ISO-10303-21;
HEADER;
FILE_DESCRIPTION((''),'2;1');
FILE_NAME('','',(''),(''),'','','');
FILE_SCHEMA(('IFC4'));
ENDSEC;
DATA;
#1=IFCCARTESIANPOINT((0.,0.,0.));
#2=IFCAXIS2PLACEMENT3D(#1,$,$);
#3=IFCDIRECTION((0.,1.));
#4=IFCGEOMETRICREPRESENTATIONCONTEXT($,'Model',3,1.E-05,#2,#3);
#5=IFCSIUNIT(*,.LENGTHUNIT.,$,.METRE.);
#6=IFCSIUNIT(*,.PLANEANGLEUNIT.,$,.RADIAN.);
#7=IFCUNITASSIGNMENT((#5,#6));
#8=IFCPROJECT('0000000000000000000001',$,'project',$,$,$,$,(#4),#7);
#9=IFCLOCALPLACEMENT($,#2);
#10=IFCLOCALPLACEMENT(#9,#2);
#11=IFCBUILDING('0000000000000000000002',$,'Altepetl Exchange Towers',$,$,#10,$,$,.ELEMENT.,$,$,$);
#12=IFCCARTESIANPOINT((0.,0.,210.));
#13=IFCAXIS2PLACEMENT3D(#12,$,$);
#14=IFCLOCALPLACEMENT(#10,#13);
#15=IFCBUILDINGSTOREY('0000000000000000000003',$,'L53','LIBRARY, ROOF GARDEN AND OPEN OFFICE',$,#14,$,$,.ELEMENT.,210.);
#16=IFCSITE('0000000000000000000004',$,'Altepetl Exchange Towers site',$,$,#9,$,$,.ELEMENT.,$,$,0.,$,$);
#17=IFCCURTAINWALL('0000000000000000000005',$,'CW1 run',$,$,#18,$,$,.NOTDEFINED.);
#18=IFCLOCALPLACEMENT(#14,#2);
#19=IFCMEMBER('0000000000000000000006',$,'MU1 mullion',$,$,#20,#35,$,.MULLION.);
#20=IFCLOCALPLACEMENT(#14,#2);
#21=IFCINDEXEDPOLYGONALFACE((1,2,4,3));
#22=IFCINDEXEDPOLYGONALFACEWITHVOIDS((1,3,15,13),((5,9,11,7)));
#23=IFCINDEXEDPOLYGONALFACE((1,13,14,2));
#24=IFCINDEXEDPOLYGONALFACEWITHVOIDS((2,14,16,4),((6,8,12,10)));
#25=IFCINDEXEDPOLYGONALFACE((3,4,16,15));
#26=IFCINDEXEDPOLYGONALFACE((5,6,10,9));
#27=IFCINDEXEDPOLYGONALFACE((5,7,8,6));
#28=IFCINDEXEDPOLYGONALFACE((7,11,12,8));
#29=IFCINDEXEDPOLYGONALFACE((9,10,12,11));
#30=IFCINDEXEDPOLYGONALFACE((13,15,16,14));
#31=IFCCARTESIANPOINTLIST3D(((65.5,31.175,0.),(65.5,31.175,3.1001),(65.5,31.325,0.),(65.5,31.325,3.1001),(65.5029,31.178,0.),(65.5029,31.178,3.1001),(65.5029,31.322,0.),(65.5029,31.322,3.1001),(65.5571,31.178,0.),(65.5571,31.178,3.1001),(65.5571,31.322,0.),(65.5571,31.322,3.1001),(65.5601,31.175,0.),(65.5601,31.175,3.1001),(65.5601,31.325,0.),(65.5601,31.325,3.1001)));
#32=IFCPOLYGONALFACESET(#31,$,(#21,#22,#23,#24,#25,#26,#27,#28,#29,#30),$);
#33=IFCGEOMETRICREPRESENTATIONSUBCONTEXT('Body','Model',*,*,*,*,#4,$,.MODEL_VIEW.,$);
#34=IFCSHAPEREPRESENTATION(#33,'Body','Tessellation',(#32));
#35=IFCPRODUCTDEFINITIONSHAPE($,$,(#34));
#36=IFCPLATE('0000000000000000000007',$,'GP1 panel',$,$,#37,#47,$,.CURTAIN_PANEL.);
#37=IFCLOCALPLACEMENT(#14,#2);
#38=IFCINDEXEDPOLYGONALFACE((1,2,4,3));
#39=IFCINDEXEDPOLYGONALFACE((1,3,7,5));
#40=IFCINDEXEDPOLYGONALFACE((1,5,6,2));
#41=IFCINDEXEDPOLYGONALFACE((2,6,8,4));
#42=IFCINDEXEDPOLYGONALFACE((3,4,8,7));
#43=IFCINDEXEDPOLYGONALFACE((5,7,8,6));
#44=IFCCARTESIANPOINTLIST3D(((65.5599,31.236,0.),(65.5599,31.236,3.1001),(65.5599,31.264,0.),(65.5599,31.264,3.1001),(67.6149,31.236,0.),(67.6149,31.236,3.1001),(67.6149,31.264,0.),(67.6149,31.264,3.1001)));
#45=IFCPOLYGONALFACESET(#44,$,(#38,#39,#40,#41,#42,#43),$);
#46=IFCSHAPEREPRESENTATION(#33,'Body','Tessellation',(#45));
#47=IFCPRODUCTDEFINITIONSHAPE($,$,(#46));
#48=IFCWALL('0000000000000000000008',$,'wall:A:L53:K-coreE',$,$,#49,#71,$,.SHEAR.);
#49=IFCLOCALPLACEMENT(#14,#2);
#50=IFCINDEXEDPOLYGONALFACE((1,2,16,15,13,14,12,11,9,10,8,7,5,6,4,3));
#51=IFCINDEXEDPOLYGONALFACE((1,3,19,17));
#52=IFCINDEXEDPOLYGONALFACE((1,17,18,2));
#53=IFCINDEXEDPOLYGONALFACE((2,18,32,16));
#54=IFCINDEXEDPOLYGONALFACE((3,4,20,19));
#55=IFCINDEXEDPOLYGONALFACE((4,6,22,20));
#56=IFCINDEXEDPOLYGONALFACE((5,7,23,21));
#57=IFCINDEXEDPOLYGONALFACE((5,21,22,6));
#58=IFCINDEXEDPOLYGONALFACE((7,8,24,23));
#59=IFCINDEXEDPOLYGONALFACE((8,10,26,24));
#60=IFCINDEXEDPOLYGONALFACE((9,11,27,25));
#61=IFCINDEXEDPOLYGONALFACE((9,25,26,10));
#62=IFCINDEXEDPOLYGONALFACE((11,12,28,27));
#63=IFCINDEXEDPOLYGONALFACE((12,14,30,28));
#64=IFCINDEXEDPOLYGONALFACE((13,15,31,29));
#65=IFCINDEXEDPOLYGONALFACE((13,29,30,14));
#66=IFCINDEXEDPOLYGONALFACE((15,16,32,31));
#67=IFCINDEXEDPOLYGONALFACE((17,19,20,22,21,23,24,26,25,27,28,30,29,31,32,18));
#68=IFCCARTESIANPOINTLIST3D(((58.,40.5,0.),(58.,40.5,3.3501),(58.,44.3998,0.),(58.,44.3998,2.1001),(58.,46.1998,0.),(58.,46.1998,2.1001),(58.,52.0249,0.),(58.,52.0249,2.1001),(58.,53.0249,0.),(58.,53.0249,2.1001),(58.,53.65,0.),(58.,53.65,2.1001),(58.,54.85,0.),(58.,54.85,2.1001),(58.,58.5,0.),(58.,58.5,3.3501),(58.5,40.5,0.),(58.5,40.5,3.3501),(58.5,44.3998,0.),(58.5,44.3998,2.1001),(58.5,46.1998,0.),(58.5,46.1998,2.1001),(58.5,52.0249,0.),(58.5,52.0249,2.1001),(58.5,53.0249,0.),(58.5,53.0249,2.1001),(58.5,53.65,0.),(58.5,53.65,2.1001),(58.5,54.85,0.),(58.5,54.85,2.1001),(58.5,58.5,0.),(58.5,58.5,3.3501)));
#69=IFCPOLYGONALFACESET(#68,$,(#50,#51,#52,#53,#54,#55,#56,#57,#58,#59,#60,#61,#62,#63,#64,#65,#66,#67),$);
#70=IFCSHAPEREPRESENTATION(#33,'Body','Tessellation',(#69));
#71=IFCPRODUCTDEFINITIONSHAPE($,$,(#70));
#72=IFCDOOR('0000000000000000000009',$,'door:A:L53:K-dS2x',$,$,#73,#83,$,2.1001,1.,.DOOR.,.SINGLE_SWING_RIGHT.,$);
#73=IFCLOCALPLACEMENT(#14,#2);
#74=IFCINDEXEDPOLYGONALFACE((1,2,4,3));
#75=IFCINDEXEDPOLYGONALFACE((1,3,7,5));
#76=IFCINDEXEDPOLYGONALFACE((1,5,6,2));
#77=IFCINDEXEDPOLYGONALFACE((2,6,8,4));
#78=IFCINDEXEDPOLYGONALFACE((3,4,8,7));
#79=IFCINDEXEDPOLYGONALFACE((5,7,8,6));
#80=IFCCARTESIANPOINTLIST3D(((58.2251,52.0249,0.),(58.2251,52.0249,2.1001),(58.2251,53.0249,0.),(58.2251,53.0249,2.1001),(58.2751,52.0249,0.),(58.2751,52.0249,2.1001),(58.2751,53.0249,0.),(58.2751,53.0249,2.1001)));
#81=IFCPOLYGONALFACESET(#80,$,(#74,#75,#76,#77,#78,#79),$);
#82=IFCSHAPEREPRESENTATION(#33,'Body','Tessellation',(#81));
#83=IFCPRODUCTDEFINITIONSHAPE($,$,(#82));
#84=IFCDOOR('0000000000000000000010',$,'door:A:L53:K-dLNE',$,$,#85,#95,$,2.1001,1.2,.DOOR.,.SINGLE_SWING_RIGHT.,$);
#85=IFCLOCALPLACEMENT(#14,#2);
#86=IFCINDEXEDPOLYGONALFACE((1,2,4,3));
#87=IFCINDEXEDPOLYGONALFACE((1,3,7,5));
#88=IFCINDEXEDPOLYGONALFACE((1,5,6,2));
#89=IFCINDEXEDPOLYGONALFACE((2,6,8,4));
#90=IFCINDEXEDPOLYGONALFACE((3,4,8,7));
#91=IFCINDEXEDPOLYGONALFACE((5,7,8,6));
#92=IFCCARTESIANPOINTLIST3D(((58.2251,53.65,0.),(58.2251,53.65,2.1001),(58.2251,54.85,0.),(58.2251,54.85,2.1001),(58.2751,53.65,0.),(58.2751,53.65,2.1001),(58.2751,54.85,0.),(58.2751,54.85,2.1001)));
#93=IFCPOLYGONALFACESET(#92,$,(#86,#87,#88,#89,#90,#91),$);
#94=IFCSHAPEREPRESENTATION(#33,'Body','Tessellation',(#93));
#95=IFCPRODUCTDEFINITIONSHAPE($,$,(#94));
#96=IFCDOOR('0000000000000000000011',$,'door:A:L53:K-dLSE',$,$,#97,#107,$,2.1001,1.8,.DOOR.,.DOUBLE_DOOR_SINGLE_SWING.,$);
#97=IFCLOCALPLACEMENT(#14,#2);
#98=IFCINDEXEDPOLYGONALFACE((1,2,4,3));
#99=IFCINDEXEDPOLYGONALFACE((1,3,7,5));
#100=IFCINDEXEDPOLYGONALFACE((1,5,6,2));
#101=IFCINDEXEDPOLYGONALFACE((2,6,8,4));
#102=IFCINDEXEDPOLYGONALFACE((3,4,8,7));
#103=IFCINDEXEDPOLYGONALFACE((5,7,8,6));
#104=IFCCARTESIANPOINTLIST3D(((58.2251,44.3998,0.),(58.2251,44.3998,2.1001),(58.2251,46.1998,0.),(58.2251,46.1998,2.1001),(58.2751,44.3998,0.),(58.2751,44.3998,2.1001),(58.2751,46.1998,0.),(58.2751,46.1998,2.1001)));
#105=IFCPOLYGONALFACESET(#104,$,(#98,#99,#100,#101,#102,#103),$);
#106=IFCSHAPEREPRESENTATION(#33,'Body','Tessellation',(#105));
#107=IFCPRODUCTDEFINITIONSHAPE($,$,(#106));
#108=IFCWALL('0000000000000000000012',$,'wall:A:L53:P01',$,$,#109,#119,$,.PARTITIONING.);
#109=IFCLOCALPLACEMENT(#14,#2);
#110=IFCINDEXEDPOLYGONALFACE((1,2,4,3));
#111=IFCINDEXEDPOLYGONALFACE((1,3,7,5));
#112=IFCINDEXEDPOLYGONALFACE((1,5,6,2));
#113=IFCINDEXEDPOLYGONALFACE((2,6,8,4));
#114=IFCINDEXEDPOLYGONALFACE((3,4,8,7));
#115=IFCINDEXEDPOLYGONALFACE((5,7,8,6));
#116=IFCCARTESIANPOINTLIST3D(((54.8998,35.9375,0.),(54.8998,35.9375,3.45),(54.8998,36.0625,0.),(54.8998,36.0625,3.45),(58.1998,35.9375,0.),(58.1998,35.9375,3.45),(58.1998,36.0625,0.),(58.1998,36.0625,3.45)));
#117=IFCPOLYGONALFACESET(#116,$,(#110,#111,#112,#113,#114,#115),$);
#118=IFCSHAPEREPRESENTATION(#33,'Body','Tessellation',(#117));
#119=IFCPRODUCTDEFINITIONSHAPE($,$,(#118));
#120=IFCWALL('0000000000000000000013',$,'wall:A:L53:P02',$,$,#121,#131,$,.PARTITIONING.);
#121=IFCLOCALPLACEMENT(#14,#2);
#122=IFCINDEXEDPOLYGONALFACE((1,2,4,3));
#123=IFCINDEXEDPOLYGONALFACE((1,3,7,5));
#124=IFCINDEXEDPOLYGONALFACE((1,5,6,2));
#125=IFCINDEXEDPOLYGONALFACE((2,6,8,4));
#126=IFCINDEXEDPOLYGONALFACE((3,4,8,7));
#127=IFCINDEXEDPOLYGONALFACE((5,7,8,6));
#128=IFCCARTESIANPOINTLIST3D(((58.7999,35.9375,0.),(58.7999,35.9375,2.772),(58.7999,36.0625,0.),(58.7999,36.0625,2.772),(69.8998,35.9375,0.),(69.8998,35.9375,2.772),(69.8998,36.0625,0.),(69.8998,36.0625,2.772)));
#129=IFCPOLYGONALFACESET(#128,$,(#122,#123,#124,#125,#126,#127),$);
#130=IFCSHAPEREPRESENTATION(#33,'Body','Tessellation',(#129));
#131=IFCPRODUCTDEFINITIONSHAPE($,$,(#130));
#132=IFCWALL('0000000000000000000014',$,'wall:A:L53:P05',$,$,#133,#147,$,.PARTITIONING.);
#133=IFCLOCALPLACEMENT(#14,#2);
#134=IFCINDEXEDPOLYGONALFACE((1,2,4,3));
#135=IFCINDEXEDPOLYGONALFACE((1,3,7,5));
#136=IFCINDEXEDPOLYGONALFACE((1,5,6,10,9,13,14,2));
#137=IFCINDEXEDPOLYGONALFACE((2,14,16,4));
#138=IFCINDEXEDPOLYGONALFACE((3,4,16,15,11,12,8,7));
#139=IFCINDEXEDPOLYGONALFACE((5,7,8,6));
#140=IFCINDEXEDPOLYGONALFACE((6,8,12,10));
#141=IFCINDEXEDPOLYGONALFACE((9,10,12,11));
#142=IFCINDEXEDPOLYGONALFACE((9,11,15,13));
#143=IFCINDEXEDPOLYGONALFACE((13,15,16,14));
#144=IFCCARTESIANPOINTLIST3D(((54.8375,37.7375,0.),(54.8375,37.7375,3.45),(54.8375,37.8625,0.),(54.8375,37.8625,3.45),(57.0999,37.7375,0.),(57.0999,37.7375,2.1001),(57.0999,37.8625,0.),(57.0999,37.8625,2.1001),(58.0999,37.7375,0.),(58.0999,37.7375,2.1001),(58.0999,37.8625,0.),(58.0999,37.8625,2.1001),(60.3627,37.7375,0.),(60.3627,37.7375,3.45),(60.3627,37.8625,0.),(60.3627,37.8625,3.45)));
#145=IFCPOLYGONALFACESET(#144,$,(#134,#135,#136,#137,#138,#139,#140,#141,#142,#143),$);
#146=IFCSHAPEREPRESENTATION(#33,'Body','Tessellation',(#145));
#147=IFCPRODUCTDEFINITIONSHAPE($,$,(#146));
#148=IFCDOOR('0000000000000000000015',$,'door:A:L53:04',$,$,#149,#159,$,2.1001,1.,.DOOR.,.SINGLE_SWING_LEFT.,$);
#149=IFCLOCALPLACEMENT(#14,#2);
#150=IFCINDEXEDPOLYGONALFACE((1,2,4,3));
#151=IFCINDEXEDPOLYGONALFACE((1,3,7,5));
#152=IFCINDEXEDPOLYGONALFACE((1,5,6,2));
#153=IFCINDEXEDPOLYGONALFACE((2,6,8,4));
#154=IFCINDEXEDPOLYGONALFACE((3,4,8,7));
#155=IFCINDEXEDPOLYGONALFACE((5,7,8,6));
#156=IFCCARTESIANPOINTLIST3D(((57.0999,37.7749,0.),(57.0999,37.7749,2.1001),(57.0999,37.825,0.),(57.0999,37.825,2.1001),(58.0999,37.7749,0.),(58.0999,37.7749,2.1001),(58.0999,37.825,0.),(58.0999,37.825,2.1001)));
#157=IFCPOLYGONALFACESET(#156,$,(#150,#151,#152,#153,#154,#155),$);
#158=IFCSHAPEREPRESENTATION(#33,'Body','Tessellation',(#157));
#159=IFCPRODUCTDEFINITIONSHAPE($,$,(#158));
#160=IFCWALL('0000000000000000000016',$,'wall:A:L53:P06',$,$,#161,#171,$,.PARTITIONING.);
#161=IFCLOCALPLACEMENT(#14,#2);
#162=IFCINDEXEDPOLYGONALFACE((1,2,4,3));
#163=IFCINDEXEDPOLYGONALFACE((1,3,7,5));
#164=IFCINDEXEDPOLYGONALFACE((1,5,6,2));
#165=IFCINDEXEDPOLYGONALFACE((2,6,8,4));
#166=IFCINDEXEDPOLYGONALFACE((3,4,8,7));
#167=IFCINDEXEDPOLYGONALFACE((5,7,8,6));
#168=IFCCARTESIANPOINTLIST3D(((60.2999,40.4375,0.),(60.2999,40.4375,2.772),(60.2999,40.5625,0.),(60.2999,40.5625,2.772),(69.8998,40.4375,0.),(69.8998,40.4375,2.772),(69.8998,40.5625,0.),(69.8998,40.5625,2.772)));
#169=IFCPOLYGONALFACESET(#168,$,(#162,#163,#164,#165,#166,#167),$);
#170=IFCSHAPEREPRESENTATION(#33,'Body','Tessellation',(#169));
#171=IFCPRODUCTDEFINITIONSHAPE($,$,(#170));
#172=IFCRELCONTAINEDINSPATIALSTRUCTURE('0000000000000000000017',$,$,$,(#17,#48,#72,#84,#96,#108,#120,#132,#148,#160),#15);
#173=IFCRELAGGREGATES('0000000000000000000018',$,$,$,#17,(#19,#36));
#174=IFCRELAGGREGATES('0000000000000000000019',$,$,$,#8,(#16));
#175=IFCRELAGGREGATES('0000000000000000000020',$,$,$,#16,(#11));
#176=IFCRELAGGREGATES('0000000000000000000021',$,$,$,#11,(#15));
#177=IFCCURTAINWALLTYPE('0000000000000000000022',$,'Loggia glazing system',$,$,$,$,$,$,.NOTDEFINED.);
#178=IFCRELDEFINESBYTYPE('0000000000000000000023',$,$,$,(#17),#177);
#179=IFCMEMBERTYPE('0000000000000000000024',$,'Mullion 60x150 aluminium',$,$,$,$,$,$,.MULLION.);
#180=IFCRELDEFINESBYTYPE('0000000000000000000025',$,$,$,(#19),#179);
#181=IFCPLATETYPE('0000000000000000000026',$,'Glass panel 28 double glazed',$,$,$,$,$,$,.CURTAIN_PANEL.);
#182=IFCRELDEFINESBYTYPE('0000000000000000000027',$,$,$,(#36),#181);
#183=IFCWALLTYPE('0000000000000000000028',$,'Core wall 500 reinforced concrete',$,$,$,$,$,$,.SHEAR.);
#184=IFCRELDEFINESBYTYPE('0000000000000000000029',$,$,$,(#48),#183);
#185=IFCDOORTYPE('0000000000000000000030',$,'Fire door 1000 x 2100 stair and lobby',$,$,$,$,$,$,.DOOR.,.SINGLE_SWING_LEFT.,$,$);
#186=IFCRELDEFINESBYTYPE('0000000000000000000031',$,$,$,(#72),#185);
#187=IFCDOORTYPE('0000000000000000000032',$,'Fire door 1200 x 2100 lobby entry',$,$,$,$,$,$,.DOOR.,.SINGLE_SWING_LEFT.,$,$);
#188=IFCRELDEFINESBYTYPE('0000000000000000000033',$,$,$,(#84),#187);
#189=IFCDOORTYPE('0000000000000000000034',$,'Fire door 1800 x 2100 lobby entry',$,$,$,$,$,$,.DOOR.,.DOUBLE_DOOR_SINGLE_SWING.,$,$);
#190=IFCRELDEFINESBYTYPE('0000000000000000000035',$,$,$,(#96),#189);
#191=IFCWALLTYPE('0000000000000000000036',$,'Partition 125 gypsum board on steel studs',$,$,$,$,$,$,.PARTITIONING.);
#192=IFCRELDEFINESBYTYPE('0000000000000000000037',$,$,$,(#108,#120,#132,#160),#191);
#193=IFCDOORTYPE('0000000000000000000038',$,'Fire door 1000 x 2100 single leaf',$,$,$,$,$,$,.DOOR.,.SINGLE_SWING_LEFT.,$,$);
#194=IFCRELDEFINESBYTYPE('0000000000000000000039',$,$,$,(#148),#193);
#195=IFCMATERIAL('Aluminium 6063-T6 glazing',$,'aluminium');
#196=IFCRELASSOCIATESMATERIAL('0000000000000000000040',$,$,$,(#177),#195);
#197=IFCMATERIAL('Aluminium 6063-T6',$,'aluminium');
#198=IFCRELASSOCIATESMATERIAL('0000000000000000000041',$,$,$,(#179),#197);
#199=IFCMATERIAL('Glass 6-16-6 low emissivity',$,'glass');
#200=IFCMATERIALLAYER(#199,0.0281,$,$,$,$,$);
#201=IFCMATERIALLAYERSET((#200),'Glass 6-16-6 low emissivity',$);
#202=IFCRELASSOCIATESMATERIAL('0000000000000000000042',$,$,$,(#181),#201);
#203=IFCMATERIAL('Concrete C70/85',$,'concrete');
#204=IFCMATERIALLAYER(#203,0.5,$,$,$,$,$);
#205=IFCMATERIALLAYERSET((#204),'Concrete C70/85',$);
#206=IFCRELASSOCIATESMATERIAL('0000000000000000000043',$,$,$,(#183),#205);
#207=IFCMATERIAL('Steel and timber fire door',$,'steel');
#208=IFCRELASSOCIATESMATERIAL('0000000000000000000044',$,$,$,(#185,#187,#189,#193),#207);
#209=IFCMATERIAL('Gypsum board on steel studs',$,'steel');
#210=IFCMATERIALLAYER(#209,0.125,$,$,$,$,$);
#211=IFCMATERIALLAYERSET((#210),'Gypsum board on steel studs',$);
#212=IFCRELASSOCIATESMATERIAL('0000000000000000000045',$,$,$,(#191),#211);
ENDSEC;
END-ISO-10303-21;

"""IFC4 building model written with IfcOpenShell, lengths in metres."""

from ifc_helpers import new_model, si_unit, direction, frame, frame_2d, origin, origin_2d, place, context, subcontext, project, spatial, rectangle, hollow_rectangle, extrude, material, layer, layer_set, material_profile, profile_set, type_object, element, fill, aggregate, save


model = new_model("IFC4")

# Units and contexts
model_context = context("Model", 3, precision=1e-05, world=origin(), true_north=direction((0.0, 1.0)))
body_context = subcontext(model_context, "Body", "Model", "MODEL_VIEW")
ifc_project = project(units=[si_unit("LENGTHUNIT", "METRE"), si_unit("PLANEANGLEUNIT", "RADIAN")], contexts=[model_context])

# Site, building, storey
site_placement = place(None, origin())
site = spatial("IfcSite", under=ifc_project, at=site_placement, Name="Altepetl Exchange Towers site", CompositionType="ELEMENT", RefElevation=0.0)
building_placement = place(site_placement, origin())
building = spatial("IfcBuilding", under=site, at=building_placement, Name="Altepetl Exchange Towers", CompositionType="ELEMENT")
storey_placement = place(building_placement, frame((0.0, 0.0, 210.0)))
storey = spatial("IfcBuildingStorey", under=building, at=storey_placement, Name="L53", Description="LIBRARY, ROOF GARDEN AND OPEN OFFICE", CompositionType="ELEMENT", Elevation=210.0)

# Shared definitions
ifc_material_1 = material(Name="Concrete C70/85", Category="concrete")

# Curtain wall, member, plate
ifc_material_2 = material(Name="Aluminium 6063-T6 glazing", Category="aluminium")
curtain_wall_type = type_object("IfcCurtainWallType", Name="Loggia glazing system", PredefinedType="NOTDEFINED", material=ifc_material_2)
curtain_wall_placement = place(storey_placement, origin())
curtain_wall = element("IfcCurtainWall", 1, at=curtain_wall_placement, inside=storey, type_object=curtain_wall_type, Name="CW1 run", PredefinedType="NOTDEFINED")
ifc_material_3 = material(Name="Aluminium 6063-T6", Category="aluminium")
ifc_material_profile_1 = material_profile(ifc_material_3, hollow_rectangle(XDim=0.0601, YDim=0.1499, WallThickness=0.0029, at=origin_2d()), Name="Mullion 60x150 aluminium")
ifc_profile_set_1 = profile_set([ifc_material_profile_1], Name="Aluminium 6063-T6")
member_type = type_object("IfcMemberType", Name="Mullion 60x150 aluminium", PredefinedType="MULLION", material=ifc_profile_set_1)
member_placement = place(storey_placement, frame((65.53, 31.25, 0.0)))
member = element("IfcMember", 2, at=member_placement, type_object=member_type, Name="MU1 mullion", PredefinedType="MULLION", context=body_context, shape_type="SweptSolid", body=[
    extrude(hollow_rectangle(XDim=0.0601, YDim=0.1499, WallThickness=0.0029, at=origin_2d()), origin(), (0.0, 0.0, 1.0), 3.1001),
])
ifc_material_4 = material(Name="Glass 6-16-6 low emissivity", Category="glass")
ifc_layer_1 = layer(ifc_material_4, 0.0281)
ifc_layer_set_1 = layer_set([ifc_layer_1], Name="Glass 6-16-6 low emissivity")
plate_type = type_object("IfcPlateType", Name="Glass panel 28 double glazed", PredefinedType="CURTAIN_PANEL", material=ifc_layer_set_1)
plate_placement = place(storey_placement, frame((66.5874, 31.25, 0.0)))
plate = element("IfcPlate", 3, at=plate_placement, type_object=plate_type, Name="GP1 panel", PredefinedType="CURTAIN_PANEL", context=body_context, shape_type="SweptSolid", body=[
    extrude(rectangle(XDim=2.0549, YDim=0.0281, at=origin_2d()), origin(), (0.0, 0.0, 1.0), 3.1001),
])
aggregate(curtain_wall, [member, plate])

# Wall, openings, doors
ifc_layer_2 = layer(ifc_material_1, 0.5)
ifc_layer_set_2 = layer_set([ifc_layer_2], Name="Concrete C70/85")
wall_type_1 = type_object("IfcWallType", Name="Core wall 500 reinforced concrete", PredefinedType="SHEAR", material=ifc_layer_set_2)
wall_1_placement = place(storey_placement, frame((58.25, 40.5, 0.0), z_axis=(0.0, 0.0, 1.0), x_axis=(0.0, 1.0, 0.0)))
wall_1 = element("IfcWall", 4, at=wall_1_placement, inside=storey, type_object=wall_type_1, Name="wall:A:L53:K-coreE", PredefinedType="SHEAR", context=body_context, shape_type="SweptSolid", body=[
    extrude(rectangle(XDim=18.0, YDim=0.5, at=frame_2d((9.0, 0.0))), origin(), (0.0, 0.0, 1.0), 3.3501),
])
opening_1_placement = place(wall_1_placement, frame((13.1499, 0.0, 0.0)))
opening_1 = element("IfcOpeningElement", 5, at=opening_1_placement, cuts=wall_1, PredefinedType="OPENING", context=body_context, shape_type="SweptSolid", body=[
    extrude(rectangle(XDim=1.2, YDim=2.1001, at=frame_2d((0.6001, 1.05))), frame((0.0, 0.26, 0.0), z_axis=(0.0, -1.0, 0.0), x_axis=(1.0, 0.0, 0.0)), (0.0, 0.0, 1.0), 0.52),
])
opening_2_placement = place(wall_1_placement, frame((3.8999, 0.0, 0.0)))
opening_2 = element("IfcOpeningElement", 6, at=opening_2_placement, cuts=wall_1, PredefinedType="OPENING", context=body_context, shape_type="SweptSolid", body=[
    extrude(rectangle(XDim=1.8, YDim=2.1001, at=frame_2d((0.8999, 1.05))), frame((0.0, 0.26, 0.0), z_axis=(0.0, -1.0, 0.0), x_axis=(1.0, 0.0, 0.0)), (0.0, 0.0, 1.0), 0.52),
])
opening_3_placement = place(wall_1_placement, frame((11.5249, 0.0, 0.0)))
opening_3 = element("IfcOpeningElement", 7, at=opening_3_placement, cuts=wall_1, PredefinedType="OPENING", context=body_context, shape_type="SweptSolid", body=[
    extrude(rectangle(XDim=1.0, YDim=2.1001, at=frame_2d((0.5, 1.05))), frame((0.0, 0.26, 0.0), z_axis=(0.0, -1.0, 0.0), x_axis=(1.0, 0.0, 0.0)), (0.0, 0.0, 1.0), 0.52),
])
ifc_material_5 = material(Name="Steel and timber fire door", Category="steel")
door_type_1 = type_object("IfcDoorType", Name="Fire door 1000 x 2100 stair and lobby", OperationType="SINGLE_SWING_LEFT", PredefinedType="DOOR", material=ifc_material_5)
door_1_placement = place(opening_3_placement, origin())
door_1 = element("IfcDoor", 8, at=door_1_placement, inside=storey, type_object=door_type_1, Name="door:A:L53:K-dS2x", OperationType="SINGLE_SWING_RIGHT", OverallHeight=2.1001, OverallWidth=1.0, PredefinedType="DOOR", context=body_context, shape_type="SweptSolid", body=[
    extrude(rectangle(XDim=1.0, YDim=2.1001, at=frame_2d((0.5, 1.05))), frame((0.0, 0.0249, 0.0), z_axis=(0.0, -1.0, 0.0), x_axis=(1.0, 0.0, 0.0)), (0.0, 0.0, 1.0), 0.05),
])
fill(opening_3, door_1)
door_type_2 = type_object("IfcDoorType", Name="Fire door 1200 x 2100 lobby entry", OperationType="SINGLE_SWING_LEFT", PredefinedType="DOOR", material=ifc_material_5)
door_2_placement = place(opening_1_placement, origin())
door_2 = element("IfcDoor", 9, at=door_2_placement, inside=storey, type_object=door_type_2, Name="door:A:L53:K-dLNE", OperationType="SINGLE_SWING_RIGHT", OverallHeight=2.1001, OverallWidth=1.2, PredefinedType="DOOR", context=body_context, shape_type="SweptSolid", body=[
    extrude(rectangle(XDim=1.2, YDim=2.1001, at=frame_2d((0.6001, 1.05))), frame((0.0, 0.0249, 0.0), z_axis=(0.0, -1.0, 0.0), x_axis=(1.0, 0.0, 0.0)), (0.0, 0.0, 1.0), 0.05),
])
fill(opening_1, door_2)
door_type_3 = type_object("IfcDoorType", Name="Fire door 1800 x 2100 lobby entry", OperationType="DOUBLE_DOOR_SINGLE_SWING", PredefinedType="DOOR", material=ifc_material_5)
door_3_placement = place(opening_2_placement, origin())
door_3 = element("IfcDoor", 10, at=door_3_placement, inside=storey, type_object=door_type_3, Name="door:A:L53:K-dLSE", OperationType="DOUBLE_DOOR_SINGLE_SWING", OverallHeight=2.1001, OverallWidth=1.8, PredefinedType="DOOR", context=body_context, shape_type="SweptSolid", body=[
    extrude(rectangle(XDim=1.8, YDim=2.1001, at=frame_2d((0.8999, 1.05))), frame((0.0, 0.0249, 0.0), z_axis=(0.0, -1.0, 0.0), x_axis=(1.0, 0.0, 0.0)), (0.0, 0.0, 1.0), 0.05),
])
fill(opening_2, door_3)

# Walls
ifc_material_6 = material(Name="Gypsum board on steel studs", Category="steel")
ifc_layer_3 = layer(ifc_material_6, 0.125)
ifc_layer_set_3 = layer_set([ifc_layer_3], Name="Gypsum board on steel studs")
wall_type_2 = type_object("IfcWallType", Name="Partition 125 gypsum board on steel studs", PredefinedType="PARTITIONING", material=ifc_layer_set_3)
wall_2_placement = place(storey_placement, frame((54.8999, 36.0, 0.0)))
element("IfcWall", 11, at=wall_2_placement, inside=storey, type_object=wall_type_2, Name="wall:A:L53:P01", PredefinedType="PARTITIONING", context=body_context, shape_type="SweptSolid", body=[
    extrude(rectangle(XDim=3.3, YDim=0.125, at=frame_2d((1.6499, 0.0))), origin(), (0.0, 0.0, 1.0), 3.45),
])
wall_3_placement = place(storey_placement, frame((58.8, 36.0, 0.0)))
element("IfcWall", 12, at=wall_3_placement, inside=storey, type_object=wall_type_2, Name="wall:A:L53:P02", PredefinedType="PARTITIONING", context=body_context, shape_type="SweptSolid", body=[
    extrude(rectangle(XDim=11.0999, YDim=0.125, at=frame_2d((5.5498, 0.0))), origin(), (0.0, 0.0, 1.0), 2.772),
])

# Wall, opening, door
wall_4_placement = place(storey_placement, frame((54.8374, 37.8, 0.0)))
wall_4 = element("IfcWall", 13, at=wall_4_placement, inside=storey, type_object=wall_type_2, Name="wall:A:L53:P05", PredefinedType="PARTITIONING", context=body_context, shape_type="SweptSolid", body=[
    extrude(rectangle(XDim=5.5251, YDim=0.125, at=frame_2d((2.7627, 0.0))), origin(), (0.0, 0.0, 1.0), 3.45),
])
opening_4_placement = place(wall_4_placement, frame((2.2625, 0.0, 0.0)))
opening_4 = element("IfcOpeningElement", 14, at=opening_4_placement, cuts=wall_4, PredefinedType="OPENING", context=body_context, shape_type="SweptSolid", body=[
    extrude(rectangle(XDim=1.0, YDim=2.1001, at=frame_2d((0.5, 1.05))), frame((0.0, 0.0725, 0.0), z_axis=(0.0, -1.0, 0.0), x_axis=(1.0, 0.0, 0.0)), (0.0, 0.0, 1.0), 0.145),
])
door_type_4 = type_object("IfcDoorType", Name="Fire door 1000 x 2100 single leaf", OperationType="SINGLE_SWING_LEFT", PredefinedType="DOOR", material=ifc_material_5)
door_4_placement = place(opening_4_placement, origin())
door_4 = element("IfcDoor", 15, at=door_4_placement, inside=storey, type_object=door_type_4, Name="door:A:L53:04", OperationType="SINGLE_SWING_LEFT", OverallHeight=2.1001, OverallWidth=1.0, PredefinedType="DOOR", context=body_context, shape_type="SweptSolid", body=[
    extrude(rectangle(XDim=1.0, YDim=2.1001, at=frame_2d((0.5, 1.05))), frame((0.0, 0.0249, 0.0), z_axis=(0.0, -1.0, 0.0), x_axis=(1.0, 0.0, 0.0)), (0.0, 0.0, 1.0), 0.05),
])
fill(opening_4, door_4)

# Wall
for number, where, name in (
    (16, (60.3, 40.5, 0.0), "wall:A:L53:P06"),
):
    element("IfcWall", number, at=place(storey_placement, frame(where)), inside=storey, type_object=wall_type_2, Name=name, PredefinedType="PARTITIONING", context=body_context, shape_type="SweptSolid", body=[
        extrude(rectangle(XDim=9.5999, YDim=0.125, at=frame_2d((4.7998, 0.0))), origin(), (0.0, 0.0, 1.0), 2.772),
    ])

save(model, "model.ifc")
